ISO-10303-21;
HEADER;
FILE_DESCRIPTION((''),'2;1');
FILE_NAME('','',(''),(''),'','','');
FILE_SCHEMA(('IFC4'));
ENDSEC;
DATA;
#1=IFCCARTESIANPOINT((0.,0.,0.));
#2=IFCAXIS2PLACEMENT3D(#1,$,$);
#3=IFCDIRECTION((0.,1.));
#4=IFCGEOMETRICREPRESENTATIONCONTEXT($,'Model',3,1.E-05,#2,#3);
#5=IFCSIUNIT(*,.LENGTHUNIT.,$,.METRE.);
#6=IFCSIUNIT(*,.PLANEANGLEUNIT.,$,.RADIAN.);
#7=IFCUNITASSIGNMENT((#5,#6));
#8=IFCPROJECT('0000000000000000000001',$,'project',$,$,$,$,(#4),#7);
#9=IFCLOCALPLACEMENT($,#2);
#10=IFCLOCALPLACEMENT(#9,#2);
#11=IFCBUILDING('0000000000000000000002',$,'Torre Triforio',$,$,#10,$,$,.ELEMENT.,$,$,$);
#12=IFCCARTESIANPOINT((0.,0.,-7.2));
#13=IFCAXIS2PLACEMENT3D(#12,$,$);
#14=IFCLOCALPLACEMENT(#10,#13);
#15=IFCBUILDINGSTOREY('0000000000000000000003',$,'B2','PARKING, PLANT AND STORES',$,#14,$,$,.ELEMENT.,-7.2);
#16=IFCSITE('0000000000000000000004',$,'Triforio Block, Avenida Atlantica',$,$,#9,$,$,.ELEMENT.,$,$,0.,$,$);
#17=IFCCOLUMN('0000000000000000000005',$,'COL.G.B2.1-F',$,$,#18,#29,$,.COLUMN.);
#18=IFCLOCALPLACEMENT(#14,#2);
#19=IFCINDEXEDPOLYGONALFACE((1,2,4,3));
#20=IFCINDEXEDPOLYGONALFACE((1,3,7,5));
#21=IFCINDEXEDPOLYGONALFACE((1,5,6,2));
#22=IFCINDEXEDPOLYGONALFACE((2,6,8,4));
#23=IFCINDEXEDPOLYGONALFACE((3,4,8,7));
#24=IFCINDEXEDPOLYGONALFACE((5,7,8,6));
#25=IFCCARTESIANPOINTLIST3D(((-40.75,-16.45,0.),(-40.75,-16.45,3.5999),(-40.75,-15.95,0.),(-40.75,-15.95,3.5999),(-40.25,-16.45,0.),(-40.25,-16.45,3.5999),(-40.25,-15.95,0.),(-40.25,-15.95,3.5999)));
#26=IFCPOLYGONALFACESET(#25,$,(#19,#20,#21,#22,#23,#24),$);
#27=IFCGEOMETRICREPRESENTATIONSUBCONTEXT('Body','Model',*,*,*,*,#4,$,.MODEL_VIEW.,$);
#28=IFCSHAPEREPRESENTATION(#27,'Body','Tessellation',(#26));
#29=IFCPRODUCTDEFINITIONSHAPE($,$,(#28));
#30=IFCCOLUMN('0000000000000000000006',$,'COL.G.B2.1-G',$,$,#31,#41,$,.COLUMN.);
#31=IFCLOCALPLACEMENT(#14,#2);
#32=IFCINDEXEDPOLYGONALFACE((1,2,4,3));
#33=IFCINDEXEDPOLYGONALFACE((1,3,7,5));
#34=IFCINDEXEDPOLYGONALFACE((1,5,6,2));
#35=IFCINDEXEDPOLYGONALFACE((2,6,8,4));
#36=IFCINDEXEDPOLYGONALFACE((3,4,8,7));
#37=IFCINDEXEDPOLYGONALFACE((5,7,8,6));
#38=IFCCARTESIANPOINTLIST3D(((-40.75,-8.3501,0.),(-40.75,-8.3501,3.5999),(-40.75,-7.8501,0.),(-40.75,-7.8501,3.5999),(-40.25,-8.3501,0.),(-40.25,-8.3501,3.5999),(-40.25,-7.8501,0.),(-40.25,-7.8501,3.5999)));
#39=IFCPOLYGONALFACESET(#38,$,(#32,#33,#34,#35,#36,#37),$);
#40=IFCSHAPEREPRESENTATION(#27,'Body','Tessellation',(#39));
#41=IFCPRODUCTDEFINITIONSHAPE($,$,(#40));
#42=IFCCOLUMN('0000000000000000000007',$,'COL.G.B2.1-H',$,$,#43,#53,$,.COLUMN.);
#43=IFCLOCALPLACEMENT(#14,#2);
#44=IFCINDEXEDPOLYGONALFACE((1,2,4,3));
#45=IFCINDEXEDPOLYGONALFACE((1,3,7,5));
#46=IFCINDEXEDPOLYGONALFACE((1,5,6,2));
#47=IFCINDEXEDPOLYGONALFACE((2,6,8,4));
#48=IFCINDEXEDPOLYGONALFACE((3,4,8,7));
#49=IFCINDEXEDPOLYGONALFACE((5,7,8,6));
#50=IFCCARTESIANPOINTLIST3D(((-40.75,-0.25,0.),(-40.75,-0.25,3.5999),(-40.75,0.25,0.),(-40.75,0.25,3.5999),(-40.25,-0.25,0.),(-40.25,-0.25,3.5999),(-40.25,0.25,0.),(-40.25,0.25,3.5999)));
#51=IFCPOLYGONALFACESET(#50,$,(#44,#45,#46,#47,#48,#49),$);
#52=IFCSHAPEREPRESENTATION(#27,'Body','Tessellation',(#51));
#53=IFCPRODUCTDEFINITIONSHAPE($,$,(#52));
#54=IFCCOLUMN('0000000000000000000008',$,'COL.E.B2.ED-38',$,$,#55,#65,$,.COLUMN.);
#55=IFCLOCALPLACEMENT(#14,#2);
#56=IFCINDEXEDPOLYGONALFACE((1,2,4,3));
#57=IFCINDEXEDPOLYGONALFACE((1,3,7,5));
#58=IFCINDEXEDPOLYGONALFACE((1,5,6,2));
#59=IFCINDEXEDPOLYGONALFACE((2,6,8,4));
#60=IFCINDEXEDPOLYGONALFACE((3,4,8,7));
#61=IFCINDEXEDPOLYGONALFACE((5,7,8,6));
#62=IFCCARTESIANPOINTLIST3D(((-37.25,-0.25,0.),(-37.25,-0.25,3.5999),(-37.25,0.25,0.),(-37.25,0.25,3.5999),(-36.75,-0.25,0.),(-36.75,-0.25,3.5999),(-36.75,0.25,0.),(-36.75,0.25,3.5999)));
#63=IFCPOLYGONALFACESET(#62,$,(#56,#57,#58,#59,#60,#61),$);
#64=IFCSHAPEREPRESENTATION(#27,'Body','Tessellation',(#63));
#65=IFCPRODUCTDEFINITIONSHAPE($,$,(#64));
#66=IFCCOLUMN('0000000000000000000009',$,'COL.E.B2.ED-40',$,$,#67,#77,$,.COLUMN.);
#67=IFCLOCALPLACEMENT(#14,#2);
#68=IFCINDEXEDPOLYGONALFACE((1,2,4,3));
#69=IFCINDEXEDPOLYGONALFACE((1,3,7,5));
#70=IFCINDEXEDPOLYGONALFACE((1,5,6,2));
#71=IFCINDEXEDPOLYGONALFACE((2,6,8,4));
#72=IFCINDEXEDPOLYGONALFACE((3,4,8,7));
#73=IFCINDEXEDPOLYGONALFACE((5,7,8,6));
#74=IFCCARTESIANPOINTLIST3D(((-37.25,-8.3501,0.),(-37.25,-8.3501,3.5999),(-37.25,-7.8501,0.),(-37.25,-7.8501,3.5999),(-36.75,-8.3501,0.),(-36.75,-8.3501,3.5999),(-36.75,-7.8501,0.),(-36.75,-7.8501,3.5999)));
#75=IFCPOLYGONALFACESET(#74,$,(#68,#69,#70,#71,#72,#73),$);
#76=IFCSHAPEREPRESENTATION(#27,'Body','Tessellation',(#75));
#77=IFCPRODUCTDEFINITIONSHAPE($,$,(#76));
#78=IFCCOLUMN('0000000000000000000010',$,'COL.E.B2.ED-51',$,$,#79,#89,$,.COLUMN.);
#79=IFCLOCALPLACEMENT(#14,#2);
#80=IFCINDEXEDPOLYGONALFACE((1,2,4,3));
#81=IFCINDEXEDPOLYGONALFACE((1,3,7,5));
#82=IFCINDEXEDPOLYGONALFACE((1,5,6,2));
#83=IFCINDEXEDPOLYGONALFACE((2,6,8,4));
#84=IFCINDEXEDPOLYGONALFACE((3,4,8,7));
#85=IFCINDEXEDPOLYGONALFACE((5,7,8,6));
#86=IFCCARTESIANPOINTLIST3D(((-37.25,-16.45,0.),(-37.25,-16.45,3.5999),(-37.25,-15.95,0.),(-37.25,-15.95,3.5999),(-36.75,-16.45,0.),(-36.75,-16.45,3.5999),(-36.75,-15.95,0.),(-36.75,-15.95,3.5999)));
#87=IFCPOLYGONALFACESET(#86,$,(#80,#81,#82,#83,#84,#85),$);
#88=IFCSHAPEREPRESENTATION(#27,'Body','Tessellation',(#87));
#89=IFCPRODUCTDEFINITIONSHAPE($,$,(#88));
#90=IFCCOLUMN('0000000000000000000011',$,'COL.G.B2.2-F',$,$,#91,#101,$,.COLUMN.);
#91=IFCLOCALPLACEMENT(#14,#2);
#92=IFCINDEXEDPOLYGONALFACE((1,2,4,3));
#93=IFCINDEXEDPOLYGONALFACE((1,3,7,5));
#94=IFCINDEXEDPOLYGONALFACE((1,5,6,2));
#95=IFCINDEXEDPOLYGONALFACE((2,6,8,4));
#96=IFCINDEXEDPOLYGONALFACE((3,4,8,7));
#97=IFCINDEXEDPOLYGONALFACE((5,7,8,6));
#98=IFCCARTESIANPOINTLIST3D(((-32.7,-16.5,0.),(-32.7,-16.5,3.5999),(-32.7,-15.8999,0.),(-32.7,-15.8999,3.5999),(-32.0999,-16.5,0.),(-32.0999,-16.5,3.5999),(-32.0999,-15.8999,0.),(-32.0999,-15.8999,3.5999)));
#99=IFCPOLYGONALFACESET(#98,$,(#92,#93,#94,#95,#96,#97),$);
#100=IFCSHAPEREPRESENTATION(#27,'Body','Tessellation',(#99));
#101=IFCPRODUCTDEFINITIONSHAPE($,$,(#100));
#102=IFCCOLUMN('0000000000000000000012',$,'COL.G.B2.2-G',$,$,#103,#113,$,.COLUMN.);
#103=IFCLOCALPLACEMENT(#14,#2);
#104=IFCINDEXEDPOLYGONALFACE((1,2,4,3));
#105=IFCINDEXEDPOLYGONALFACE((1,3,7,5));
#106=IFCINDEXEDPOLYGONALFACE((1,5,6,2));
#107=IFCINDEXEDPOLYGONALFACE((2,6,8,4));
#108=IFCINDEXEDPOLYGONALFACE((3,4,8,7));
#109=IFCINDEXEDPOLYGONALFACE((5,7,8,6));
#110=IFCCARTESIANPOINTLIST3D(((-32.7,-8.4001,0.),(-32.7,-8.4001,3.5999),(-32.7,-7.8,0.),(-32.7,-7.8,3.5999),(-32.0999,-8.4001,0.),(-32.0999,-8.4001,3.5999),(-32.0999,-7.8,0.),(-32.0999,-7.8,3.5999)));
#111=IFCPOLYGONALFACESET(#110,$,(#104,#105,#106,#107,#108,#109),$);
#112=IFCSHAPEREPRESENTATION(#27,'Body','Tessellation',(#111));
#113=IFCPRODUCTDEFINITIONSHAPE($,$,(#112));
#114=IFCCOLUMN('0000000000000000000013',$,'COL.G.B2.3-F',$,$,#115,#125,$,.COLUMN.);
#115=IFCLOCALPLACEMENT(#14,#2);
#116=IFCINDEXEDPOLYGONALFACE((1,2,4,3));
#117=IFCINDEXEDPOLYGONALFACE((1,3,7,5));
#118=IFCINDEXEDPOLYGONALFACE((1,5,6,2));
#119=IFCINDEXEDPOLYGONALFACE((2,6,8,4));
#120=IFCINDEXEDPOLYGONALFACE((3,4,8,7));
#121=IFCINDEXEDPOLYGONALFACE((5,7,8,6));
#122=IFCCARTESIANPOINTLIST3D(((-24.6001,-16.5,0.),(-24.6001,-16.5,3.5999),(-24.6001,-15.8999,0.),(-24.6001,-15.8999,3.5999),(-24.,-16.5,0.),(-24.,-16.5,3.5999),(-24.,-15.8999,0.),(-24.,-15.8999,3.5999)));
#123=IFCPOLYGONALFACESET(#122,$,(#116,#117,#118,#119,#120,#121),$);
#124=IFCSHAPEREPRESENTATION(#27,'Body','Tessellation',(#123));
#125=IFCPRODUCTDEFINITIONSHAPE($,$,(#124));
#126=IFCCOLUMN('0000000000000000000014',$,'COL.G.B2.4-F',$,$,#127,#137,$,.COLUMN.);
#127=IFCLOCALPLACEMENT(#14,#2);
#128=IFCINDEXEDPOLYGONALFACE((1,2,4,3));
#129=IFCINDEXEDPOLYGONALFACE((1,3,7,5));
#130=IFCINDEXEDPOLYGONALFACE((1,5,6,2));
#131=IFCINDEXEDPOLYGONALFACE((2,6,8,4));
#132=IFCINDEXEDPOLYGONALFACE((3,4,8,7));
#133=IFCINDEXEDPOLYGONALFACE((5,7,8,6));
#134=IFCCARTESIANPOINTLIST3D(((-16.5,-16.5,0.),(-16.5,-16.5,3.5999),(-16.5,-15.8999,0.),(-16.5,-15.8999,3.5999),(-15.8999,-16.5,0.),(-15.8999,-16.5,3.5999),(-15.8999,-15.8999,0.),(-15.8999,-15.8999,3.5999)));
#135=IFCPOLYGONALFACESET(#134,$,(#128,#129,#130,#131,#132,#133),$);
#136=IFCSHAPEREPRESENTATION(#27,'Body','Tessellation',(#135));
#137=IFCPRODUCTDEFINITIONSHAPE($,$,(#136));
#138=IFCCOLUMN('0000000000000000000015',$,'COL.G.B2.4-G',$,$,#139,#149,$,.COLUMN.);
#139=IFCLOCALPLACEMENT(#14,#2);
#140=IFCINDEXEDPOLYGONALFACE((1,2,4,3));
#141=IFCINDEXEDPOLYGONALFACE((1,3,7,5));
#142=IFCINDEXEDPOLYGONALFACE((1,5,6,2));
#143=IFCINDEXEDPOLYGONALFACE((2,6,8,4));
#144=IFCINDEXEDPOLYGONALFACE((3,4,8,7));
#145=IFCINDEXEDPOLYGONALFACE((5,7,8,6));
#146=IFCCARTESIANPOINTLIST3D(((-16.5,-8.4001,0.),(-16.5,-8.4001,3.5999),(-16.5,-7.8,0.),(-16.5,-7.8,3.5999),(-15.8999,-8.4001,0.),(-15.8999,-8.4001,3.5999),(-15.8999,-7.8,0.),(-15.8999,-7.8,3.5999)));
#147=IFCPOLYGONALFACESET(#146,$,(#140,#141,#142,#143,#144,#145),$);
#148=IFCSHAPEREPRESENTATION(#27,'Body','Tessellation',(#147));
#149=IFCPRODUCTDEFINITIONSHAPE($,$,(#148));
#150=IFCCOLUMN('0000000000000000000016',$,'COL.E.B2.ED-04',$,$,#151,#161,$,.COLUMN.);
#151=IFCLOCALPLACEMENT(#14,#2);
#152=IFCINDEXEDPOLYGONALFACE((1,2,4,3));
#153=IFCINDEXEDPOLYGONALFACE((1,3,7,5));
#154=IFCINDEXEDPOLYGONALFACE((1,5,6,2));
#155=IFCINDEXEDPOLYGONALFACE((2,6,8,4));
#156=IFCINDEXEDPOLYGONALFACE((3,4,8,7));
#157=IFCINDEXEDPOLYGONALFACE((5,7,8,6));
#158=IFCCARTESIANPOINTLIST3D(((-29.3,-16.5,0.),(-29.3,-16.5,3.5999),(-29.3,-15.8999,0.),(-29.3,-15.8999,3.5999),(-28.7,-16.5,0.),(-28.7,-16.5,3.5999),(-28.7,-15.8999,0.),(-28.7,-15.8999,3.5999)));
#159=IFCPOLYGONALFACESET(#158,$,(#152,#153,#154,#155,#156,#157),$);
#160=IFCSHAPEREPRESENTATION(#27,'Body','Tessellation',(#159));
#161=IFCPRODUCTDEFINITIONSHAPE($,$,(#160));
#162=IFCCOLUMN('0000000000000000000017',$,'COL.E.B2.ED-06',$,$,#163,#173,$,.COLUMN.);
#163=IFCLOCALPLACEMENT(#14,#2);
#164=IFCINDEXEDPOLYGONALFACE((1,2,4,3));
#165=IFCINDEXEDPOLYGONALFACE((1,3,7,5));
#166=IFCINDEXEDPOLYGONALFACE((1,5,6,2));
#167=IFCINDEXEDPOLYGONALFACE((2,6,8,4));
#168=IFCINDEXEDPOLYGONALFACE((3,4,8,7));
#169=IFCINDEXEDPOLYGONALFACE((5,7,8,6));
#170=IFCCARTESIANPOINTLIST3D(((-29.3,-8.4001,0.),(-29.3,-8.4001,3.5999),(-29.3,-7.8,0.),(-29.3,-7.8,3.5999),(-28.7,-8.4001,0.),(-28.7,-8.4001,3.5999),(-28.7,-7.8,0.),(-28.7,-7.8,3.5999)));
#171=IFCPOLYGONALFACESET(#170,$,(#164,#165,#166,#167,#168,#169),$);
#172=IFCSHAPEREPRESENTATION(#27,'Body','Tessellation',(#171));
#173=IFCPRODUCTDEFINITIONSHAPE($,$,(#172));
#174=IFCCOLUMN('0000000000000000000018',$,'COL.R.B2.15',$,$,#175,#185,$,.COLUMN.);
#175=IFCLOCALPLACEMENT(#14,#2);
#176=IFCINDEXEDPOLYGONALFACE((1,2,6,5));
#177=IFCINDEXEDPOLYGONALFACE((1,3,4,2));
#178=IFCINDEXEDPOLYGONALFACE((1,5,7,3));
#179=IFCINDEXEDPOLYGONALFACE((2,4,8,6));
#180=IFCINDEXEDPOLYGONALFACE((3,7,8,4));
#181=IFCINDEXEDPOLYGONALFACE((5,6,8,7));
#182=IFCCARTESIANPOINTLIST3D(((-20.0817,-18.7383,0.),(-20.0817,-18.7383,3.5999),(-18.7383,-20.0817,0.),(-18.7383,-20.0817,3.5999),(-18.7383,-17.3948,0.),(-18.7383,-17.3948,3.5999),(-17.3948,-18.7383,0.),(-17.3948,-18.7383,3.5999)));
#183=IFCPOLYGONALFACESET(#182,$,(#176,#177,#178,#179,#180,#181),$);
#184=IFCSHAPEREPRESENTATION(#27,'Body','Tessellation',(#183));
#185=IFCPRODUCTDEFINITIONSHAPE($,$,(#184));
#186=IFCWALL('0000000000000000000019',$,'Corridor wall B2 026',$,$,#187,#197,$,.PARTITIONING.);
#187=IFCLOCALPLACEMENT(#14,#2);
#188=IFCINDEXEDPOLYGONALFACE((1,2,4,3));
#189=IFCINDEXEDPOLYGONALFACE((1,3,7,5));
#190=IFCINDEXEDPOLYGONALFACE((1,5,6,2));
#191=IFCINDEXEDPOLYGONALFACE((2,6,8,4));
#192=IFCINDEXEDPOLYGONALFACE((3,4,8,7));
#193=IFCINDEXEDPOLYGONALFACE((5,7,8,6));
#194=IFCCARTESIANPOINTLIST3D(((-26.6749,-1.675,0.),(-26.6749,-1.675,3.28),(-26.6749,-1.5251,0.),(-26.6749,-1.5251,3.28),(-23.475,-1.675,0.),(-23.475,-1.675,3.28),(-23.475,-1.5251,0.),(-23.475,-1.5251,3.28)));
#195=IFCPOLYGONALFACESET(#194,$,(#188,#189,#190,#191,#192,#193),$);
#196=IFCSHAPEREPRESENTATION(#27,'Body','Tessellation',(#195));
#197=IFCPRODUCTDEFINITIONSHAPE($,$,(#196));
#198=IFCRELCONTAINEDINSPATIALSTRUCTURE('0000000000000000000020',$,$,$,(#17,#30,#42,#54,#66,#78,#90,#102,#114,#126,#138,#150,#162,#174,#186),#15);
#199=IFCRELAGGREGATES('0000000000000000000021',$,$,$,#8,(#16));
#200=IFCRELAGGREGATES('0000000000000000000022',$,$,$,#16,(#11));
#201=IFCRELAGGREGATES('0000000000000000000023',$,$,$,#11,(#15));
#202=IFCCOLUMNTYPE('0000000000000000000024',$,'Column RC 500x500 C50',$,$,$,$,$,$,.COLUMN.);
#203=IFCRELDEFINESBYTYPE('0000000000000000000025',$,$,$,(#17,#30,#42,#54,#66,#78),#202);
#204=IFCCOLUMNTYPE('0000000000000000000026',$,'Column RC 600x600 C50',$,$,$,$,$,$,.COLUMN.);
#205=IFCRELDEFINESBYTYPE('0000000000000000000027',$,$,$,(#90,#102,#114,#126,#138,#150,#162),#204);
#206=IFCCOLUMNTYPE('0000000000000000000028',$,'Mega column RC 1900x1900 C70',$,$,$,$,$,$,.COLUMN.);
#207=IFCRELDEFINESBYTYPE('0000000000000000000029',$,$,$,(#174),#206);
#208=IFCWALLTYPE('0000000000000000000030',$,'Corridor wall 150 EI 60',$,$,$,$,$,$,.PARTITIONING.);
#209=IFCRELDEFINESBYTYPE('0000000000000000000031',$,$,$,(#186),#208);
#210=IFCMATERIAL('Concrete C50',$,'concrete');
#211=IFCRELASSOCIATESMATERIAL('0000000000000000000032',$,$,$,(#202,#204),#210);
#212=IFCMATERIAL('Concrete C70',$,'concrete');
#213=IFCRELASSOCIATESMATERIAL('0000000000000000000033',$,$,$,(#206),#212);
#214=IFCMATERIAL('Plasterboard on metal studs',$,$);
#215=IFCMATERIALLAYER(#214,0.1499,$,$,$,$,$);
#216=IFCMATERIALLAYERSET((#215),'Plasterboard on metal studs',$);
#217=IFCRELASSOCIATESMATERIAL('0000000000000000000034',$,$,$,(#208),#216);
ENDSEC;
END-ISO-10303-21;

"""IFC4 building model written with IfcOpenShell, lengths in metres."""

from ifc_helpers import new_model, si_unit, direction, frame, frame_2d, origin, origin_2d, place, context, subcontext, project, spatial, rectangle, extrude, material, layer, layer_set, material_profile, profile_set, type_object, element, save


model = new_model("IFC4")

# Units and contexts
model_context = context("Model", 3, precision=1e-05, world=origin(), true_north=direction((0.0, 1.0)))
body_context = subcontext(model_context, "Body", "Model", "MODEL_VIEW")
ifc_project = project(units=[si_unit("LENGTHUNIT", "METRE"), si_unit("PLANEANGLEUNIT", "RADIAN")], contexts=[model_context])

# Site, building, storey
site_placement = place(None, origin())
site = spatial("IfcSite", under=ifc_project, at=site_placement, Name="Triforio Block, Avenida Atlantica", CompositionType="ELEMENT", RefElevation=0.0)
building_placement = place(site_placement, origin())
building = spatial("IfcBuilding", under=site, at=building_placement, Name="Torre Triforio", CompositionType="ELEMENT")
storey_placement = place(building_placement, frame((0.0, 0.0, -7.2)))
storey = spatial("IfcBuildingStorey", under=building, at=storey_placement, Name="B2", Description="PARKING, PLANT AND STORES", CompositionType="ELEMENT", Elevation=-7.2)

# Columns
ifc_material_1 = material(Name="Concrete C50", Category="concrete")
ifc_material_profile_1 = material_profile(ifc_material_1, rectangle(XDim=0.5, YDim=0.5, at=origin_2d()), Name="RC 500x500")
ifc_profile_set_1 = profile_set([ifc_material_profile_1], Name="Concrete C50")
column_type_1 = type_object("IfcColumnType", Name="Column RC 500x500 C50", PredefinedType="COLUMN", material=ifc_profile_set_1)
for number, where, z_axis, x_axis, name in (
    (1, (-40.5, -16.2, 0.0), (0.0, 0.0, 1.0), (1.0, 0.0, 0.0), "COL.G.B2.1-F"),
    (2, (-40.5, -8.1001, 0.0), (0.0, 0.0, 1.0), (1.0, 0.0, 0.0), "COL.G.B2.1-G"),
    (3, (-40.5, 0.0, 0.0), (0.0, 0.0, 1.0), (1.0, 0.0, 0.0), "COL.G.B2.1-H"),
    (4, (-37.0, 0.0, 0.0), (0.0, 0.0, 1.0), (1.0, 0.0, 0.0), "COL.E.B2.ED-38"),
    (5, (-37.0, -8.1001, 0.0), (0.0, 0.0, 1.0), (1.0, 0.0, 0.0), "COL.E.B2.ED-40"),
    (6, (-37.0, -16.2, 0.0), (0.0, 0.0, 1.0), (1.0, 0.0, 0.0), "COL.E.B2.ED-51"),
):
    element("IfcColumn", number, at=place(storey_placement, frame(where, z_axis=z_axis, x_axis=x_axis)), inside=storey, type_object=column_type_1, Name=name, PredefinedType="COLUMN", context=body_context, shape_type="SweptSolid", body=[
        extrude(rectangle(XDim=0.5, YDim=0.5, at=origin_2d()), origin(), (0.0, 0.0, 1.0), 3.5999),
    ])
ifc_material_profile_2 = material_profile(ifc_material_1, rectangle(XDim=0.6001, YDim=0.6001, at=origin_2d()), Name="RC 600x600")
ifc_profile_set_2 = profile_set([ifc_material_profile_2], Name="Concrete C50")
column_type_2 = type_object("IfcColumnType", Name="Column RC 600x600 C50", PredefinedType="COLUMN", material=ifc_profile_set_2)
for number, where, z_axis, x_axis, name in (
    (7, (-32.3999, -16.2, 0.0), (0.0, 0.0, 1.0), (1.0, 0.0, 0.0), "COL.G.B2.2-F"),
    (8, (-32.3999, -8.1001, 0.0), (0.0, 0.0, 1.0), (1.0, 0.0, 0.0), "COL.G.B2.2-G"),
    (9, (-24.3, -16.2, 0.0), (0.0, 0.0, 1.0), (1.0, 0.0, 0.0), "COL.G.B2.3-F"),
    (10, (-16.2, -16.2, 0.0), (0.0, 0.0, 1.0), (1.0, 0.0, 0.0), "COL.G.B2.4-F"),
    (11, (-16.2, -8.1001, 0.0), (0.0, 0.0, 1.0), (1.0, 0.0, 0.0), "COL.G.B2.4-G"),
    (12, (-29.0, -16.2, 0.0), (0.0, 0.0, 1.0), (1.0, 0.0, 0.0), "COL.E.B2.ED-04"),
    (13, (-29.0, -8.1001, 0.0), (0.0, 0.0, 1.0), (1.0, 0.0, 0.0), "COL.E.B2.ED-06"),
):
    element("IfcColumn", number, at=place(storey_placement, frame(where, z_axis=z_axis, x_axis=x_axis)), inside=storey, type_object=column_type_2, Name=name, PredefinedType="COLUMN", context=body_context, shape_type="SweptSolid", body=[
        extrude(rectangle(XDim=0.6001, YDim=0.6001, at=origin_2d()), origin(), (0.0, 0.0, 1.0), 3.5999),
    ])
ifc_material_2 = material(Name="Concrete C70", Category="concrete")
ifc_material_profile_3 = material_profile(ifc_material_2, rectangle(XDim=1.8999, YDim=1.8999, at=origin_2d()), Name="RC 1900x1900")
ifc_profile_set_3 = profile_set([ifc_material_profile_3], Name="Concrete C70")
column_type_3 = type_object("IfcColumnType", Name="Mega column RC 1900x1900 C70", PredefinedType="COLUMN", material=ifc_profile_set_3)
column_placement = place(storey_placement, frame((-18.7383, -18.7383, 0.0), z_axis=(0.0, 0.0, 1.0), x_axis=(0.707107, -0.707107, 0.0)))
element("IfcColumn", 14, at=column_placement, inside=storey, type_object=column_type_3, Name="COL.R.B2.15", PredefinedType="COLUMN", context=body_context, shape_type="SweptSolid", body=[
    extrude(rectangle(XDim=1.8999, YDim=1.8999, at=origin_2d()), origin(), (0.0, 0.0, 1.0), 3.5999),
])

# Wall
ifc_material_3 = material(Name="Plasterboard on metal studs")
ifc_layer_1 = layer(ifc_material_3, 0.1499)
ifc_layer_set_1 = layer_set([ifc_layer_1], Name="Plasterboard on metal studs")
wall_type_1 = type_object("IfcWallType", Name="Corridor wall 150 EI 60", PredefinedType="PARTITIONING", material=ifc_layer_set_1)
wall_1_placement = place(storey_placement, frame((-26.675, -1.6001, 0.0), z_axis=(0.0, 0.0, 1.0), x_axis=(1.0, 0.0, 0.0)))
element("IfcWall", 15, at=wall_1_placement, inside=storey, type_object=wall_type_1, Name="Corridor wall B2 026", PredefinedType="PARTITIONING", context=body_context, shape_type="SweptSolid", body=[
    extrude(rectangle(XDim=3.2, YDim=0.1499, at=frame_2d((1.6001, 0.0))), origin(), (0.0, 0.0, 1.0), 3.28),
])

save(model, "model.ifc")
